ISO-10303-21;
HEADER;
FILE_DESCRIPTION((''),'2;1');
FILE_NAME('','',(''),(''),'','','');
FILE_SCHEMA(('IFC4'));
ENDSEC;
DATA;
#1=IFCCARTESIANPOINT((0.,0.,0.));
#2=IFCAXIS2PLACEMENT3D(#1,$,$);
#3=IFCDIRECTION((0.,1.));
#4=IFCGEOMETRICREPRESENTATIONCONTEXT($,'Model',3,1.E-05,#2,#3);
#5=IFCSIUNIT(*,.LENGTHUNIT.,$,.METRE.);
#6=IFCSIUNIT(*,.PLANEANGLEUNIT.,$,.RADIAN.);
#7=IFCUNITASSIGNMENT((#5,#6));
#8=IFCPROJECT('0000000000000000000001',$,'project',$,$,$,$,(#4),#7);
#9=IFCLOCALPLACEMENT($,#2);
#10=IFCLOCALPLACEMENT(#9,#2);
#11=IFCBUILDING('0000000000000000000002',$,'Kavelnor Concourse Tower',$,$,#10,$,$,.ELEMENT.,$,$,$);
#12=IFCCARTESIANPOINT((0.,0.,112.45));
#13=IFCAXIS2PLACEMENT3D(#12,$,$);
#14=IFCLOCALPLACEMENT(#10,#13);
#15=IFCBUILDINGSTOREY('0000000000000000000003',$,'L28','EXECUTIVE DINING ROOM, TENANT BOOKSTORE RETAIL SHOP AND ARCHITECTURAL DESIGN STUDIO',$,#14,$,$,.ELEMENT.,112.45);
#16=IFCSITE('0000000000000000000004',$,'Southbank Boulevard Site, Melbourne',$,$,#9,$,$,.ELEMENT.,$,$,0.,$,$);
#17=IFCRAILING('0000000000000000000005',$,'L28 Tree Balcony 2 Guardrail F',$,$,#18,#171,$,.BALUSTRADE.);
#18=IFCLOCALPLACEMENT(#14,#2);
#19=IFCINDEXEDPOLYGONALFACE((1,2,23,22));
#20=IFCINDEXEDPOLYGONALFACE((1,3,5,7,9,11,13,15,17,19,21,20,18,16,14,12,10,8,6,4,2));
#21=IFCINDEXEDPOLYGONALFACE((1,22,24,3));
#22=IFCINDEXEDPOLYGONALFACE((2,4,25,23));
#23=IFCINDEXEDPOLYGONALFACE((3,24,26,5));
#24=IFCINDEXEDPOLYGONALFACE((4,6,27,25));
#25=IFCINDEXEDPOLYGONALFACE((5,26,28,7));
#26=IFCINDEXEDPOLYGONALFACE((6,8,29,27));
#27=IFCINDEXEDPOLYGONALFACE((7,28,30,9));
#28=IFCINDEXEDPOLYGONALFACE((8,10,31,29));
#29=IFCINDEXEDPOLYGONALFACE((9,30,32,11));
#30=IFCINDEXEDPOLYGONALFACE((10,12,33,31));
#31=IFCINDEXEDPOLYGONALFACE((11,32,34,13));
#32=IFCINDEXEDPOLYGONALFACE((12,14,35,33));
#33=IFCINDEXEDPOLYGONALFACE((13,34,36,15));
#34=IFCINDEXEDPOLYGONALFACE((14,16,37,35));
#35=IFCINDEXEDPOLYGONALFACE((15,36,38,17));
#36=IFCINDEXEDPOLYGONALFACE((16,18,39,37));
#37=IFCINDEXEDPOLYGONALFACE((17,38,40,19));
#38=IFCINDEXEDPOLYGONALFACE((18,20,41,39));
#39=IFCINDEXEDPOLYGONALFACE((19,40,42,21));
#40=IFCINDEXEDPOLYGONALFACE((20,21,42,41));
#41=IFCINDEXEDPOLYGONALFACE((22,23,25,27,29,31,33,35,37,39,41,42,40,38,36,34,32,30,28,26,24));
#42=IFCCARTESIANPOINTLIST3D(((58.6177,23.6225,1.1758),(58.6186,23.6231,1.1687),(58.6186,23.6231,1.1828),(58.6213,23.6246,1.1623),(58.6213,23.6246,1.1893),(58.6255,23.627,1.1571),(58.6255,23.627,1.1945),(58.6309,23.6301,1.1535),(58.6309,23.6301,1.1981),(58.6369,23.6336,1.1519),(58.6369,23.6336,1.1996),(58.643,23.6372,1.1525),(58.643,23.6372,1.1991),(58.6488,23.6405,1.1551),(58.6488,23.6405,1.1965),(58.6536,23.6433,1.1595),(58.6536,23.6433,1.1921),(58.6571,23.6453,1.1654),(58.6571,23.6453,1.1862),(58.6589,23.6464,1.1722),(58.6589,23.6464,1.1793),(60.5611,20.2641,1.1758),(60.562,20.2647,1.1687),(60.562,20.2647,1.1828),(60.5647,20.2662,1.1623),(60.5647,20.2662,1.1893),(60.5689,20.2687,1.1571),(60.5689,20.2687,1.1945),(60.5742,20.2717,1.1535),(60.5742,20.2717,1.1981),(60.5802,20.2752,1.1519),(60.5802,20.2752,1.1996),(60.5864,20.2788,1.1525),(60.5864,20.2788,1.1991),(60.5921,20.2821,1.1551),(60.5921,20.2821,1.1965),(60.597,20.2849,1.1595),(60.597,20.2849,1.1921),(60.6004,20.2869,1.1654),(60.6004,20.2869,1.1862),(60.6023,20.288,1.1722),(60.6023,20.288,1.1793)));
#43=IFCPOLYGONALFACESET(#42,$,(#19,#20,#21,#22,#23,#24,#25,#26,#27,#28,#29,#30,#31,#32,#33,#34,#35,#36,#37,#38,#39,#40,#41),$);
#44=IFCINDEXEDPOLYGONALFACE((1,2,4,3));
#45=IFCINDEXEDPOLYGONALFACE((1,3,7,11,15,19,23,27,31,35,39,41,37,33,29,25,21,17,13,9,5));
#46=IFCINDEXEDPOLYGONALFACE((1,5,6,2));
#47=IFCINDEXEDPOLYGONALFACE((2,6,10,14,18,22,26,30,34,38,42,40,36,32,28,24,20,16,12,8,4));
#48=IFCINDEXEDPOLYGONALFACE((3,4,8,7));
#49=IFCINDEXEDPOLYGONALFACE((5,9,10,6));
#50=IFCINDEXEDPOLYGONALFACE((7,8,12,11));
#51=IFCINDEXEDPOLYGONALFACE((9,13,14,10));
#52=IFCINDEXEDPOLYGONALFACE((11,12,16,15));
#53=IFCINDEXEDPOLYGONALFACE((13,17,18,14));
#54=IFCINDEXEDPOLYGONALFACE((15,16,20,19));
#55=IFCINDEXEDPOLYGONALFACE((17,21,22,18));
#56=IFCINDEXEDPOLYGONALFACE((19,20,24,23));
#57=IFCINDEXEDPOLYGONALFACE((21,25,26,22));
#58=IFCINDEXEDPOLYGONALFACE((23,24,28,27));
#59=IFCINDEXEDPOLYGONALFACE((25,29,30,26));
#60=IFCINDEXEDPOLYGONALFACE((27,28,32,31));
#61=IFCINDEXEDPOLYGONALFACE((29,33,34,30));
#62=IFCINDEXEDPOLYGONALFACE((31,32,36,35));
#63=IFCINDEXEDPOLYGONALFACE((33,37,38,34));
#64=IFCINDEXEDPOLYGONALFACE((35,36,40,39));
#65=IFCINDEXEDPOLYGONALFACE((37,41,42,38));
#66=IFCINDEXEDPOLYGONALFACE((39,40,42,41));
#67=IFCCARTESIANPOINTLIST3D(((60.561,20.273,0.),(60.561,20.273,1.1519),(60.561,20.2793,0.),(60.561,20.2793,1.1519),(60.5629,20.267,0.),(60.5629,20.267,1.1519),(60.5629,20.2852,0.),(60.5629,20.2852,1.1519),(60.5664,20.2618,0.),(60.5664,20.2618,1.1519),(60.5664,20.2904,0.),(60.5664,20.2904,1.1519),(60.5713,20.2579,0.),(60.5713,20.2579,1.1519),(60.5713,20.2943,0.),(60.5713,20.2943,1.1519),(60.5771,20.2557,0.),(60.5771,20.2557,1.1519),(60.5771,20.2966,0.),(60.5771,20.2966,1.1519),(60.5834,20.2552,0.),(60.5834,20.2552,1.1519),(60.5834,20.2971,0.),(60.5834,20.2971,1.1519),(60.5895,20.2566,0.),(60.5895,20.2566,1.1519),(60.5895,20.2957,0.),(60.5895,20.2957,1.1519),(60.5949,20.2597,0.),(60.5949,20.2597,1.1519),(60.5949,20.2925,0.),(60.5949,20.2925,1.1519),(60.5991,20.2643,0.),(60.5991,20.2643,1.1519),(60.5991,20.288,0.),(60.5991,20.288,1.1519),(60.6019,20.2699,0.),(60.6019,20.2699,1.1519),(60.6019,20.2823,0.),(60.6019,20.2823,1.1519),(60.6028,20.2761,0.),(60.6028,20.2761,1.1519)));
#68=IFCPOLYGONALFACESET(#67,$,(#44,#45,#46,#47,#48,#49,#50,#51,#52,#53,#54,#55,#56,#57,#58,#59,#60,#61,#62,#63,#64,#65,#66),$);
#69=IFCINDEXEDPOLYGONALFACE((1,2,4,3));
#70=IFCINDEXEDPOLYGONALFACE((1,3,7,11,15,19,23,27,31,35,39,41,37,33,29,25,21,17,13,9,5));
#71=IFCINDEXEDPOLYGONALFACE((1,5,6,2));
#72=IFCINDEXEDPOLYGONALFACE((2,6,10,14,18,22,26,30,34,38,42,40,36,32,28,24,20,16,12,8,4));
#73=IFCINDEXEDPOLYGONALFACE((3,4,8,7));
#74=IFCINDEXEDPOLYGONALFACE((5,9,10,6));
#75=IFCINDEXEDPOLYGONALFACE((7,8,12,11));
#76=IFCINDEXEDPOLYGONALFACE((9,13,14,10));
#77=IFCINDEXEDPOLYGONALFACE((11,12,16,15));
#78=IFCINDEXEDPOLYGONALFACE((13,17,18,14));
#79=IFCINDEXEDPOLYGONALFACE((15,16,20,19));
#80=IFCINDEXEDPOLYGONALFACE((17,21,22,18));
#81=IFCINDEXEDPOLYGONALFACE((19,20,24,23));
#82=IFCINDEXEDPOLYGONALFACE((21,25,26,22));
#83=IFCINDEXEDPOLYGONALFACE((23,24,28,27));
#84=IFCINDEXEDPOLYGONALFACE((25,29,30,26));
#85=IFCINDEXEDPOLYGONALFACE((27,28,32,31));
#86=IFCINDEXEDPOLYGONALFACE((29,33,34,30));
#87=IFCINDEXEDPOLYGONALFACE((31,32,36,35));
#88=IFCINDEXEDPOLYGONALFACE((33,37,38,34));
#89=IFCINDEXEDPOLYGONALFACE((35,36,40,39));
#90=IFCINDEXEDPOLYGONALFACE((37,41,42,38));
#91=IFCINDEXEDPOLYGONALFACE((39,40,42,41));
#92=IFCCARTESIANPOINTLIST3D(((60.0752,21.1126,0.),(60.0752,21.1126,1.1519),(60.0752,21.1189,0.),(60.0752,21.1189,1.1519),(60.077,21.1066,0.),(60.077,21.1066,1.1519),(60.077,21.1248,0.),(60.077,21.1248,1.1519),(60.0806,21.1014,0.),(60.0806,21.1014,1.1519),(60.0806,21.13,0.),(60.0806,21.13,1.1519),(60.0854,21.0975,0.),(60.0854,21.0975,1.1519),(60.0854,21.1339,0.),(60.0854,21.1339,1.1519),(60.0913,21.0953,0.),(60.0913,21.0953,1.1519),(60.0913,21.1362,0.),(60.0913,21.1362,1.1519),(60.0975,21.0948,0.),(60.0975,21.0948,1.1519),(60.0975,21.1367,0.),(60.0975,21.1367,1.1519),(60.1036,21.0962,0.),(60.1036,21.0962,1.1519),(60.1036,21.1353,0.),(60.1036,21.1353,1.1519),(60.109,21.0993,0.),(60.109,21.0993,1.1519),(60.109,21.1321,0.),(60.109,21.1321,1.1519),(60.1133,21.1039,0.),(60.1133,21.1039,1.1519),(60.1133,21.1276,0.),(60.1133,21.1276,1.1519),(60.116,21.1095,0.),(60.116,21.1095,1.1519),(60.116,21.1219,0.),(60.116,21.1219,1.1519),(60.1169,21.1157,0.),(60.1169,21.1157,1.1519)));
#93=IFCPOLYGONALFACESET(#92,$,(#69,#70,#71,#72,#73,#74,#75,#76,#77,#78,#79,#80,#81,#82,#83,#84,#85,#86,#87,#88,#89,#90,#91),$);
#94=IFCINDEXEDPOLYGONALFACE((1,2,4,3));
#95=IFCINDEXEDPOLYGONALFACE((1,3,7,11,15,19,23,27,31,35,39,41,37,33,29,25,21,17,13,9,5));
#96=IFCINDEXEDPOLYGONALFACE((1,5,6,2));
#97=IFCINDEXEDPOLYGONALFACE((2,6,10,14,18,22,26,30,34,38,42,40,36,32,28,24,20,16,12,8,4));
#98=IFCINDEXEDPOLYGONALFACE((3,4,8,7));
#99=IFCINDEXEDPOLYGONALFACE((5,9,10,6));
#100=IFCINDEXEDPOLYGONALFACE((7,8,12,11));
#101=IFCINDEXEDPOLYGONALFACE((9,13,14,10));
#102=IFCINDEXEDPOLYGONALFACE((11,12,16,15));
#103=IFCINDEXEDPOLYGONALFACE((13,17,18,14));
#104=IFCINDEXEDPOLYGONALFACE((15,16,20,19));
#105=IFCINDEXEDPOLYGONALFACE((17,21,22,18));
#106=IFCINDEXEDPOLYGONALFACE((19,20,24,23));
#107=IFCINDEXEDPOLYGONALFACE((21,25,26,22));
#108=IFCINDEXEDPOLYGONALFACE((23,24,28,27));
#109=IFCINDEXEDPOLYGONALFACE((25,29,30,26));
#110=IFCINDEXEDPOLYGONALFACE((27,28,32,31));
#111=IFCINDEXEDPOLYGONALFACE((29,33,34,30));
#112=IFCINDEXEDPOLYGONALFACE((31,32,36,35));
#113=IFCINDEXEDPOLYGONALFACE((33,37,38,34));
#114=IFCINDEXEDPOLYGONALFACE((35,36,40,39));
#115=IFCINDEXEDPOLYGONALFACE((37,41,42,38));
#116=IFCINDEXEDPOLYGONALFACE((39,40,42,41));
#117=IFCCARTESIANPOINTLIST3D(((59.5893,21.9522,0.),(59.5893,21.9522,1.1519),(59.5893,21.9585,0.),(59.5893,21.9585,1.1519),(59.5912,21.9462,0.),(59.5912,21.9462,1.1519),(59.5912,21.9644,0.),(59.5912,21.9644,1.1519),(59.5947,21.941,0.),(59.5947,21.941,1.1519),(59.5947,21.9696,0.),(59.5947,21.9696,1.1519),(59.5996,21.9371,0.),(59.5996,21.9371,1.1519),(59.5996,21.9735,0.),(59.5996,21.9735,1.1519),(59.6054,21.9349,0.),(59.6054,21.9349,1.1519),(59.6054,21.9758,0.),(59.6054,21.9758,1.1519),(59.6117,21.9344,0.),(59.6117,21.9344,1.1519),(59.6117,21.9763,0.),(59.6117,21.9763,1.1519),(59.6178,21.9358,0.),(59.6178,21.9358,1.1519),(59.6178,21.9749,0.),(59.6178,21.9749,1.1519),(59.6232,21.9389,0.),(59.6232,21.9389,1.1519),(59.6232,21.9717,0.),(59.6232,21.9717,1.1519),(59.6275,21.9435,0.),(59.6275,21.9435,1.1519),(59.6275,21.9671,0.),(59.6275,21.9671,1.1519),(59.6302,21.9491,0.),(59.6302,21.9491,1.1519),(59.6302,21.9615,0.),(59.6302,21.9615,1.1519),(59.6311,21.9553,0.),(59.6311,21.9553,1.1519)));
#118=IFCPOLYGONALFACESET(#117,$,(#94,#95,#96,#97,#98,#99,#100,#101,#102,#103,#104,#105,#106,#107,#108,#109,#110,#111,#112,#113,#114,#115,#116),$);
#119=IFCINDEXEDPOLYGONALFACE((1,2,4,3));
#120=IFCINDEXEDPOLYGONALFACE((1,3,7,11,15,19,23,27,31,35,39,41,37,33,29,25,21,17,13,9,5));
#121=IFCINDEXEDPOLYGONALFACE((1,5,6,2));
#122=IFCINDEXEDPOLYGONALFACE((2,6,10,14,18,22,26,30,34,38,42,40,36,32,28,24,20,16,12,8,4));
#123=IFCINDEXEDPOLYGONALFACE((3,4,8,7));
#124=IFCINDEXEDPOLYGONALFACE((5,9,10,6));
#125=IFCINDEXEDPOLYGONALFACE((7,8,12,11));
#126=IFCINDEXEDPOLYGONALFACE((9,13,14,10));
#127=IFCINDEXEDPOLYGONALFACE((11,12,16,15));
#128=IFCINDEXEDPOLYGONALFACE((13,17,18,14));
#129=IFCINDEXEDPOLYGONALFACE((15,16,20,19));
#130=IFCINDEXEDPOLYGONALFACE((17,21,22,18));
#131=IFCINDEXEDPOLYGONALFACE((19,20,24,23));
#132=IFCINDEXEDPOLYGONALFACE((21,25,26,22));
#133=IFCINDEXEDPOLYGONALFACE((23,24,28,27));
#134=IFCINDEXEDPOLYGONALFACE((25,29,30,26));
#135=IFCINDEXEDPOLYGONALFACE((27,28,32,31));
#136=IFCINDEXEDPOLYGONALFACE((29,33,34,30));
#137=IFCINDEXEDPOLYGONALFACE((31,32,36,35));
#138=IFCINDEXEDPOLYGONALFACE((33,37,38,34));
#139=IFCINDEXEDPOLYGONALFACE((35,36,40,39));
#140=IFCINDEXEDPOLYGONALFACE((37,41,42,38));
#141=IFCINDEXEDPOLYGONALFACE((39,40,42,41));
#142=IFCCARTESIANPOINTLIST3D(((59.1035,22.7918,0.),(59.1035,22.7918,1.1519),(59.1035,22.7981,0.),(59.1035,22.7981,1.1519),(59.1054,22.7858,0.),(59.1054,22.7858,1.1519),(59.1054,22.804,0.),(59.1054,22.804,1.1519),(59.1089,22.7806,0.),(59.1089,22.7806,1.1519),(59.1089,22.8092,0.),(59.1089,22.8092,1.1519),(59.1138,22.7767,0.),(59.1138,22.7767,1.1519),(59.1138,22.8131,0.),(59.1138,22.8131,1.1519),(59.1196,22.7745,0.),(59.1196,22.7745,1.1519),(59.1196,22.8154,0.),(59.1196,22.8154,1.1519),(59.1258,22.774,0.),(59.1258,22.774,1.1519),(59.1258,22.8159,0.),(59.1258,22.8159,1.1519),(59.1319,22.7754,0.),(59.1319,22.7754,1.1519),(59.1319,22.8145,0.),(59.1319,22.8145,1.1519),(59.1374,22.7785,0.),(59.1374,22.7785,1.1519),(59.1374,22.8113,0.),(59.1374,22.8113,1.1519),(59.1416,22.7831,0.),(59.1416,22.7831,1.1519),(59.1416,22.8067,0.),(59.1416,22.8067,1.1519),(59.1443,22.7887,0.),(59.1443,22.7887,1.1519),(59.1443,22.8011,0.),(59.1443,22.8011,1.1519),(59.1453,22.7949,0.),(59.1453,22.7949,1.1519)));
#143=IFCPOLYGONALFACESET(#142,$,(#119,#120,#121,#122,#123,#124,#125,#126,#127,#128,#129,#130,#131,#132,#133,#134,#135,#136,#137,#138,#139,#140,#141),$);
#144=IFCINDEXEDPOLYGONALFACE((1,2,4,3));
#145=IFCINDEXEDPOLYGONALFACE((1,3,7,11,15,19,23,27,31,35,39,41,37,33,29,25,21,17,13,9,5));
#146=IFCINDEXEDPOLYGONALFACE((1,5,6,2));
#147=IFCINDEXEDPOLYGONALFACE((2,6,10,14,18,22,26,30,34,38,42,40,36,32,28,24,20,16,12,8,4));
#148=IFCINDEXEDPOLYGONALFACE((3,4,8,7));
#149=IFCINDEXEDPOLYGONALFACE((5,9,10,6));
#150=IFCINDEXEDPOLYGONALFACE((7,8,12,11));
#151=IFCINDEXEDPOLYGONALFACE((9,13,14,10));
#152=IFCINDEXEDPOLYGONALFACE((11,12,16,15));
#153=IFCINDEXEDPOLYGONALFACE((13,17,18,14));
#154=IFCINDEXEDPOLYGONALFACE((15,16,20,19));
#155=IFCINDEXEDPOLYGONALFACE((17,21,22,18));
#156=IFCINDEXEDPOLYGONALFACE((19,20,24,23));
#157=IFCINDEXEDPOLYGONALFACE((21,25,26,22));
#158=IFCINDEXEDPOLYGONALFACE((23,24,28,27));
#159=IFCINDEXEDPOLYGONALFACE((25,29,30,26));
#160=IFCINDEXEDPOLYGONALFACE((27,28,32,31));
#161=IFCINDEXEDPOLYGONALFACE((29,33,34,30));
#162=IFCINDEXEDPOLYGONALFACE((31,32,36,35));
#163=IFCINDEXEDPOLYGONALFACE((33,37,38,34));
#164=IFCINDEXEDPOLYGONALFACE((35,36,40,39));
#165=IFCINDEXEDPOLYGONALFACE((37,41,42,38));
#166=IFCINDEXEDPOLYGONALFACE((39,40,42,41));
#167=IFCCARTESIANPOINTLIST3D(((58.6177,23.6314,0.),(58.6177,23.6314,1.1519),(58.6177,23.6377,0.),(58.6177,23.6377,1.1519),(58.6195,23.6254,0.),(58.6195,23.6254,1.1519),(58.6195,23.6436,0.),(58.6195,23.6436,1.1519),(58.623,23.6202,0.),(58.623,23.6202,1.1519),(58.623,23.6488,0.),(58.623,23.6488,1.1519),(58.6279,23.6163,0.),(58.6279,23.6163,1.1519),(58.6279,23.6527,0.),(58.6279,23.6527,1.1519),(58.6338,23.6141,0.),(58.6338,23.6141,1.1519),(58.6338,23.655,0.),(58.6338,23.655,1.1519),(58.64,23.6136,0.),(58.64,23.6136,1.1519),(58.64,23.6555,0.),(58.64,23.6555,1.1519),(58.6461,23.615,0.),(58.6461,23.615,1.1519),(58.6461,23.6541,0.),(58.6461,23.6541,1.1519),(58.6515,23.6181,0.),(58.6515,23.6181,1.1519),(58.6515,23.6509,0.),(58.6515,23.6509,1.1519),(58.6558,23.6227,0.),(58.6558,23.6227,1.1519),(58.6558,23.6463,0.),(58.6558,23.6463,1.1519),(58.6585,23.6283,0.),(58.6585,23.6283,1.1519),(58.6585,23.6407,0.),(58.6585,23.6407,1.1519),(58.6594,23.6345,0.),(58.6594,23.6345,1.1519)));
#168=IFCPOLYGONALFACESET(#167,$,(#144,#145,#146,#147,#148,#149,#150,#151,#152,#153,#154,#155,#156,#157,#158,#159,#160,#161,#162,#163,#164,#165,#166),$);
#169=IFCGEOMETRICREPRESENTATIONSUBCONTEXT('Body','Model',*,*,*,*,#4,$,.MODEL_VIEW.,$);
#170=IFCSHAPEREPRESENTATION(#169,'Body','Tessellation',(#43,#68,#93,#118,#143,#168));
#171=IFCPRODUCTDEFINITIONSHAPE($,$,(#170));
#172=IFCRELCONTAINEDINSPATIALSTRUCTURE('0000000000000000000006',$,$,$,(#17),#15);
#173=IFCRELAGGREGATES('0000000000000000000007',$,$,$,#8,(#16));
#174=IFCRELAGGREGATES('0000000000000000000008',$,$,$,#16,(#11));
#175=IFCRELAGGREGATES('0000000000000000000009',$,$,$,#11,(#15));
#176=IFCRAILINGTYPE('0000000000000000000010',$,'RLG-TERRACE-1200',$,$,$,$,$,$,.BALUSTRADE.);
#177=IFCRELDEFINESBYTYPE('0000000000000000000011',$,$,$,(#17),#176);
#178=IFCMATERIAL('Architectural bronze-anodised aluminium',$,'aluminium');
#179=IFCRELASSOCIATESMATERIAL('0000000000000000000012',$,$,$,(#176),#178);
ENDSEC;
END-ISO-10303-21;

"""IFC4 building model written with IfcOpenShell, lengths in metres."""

from ifc_helpers import new_model, si_unit, direction, frame, origin, origin_2d, place, context, subcontext, project, spatial, circle, extrude, material, type_object, element, save


model = new_model("IFC4")

# Units and contexts
model_context = context("Model", 3, precision=1e-05, world=origin(), true_north=direction((0.0, 1.0)))
body_context = subcontext(model_context, "Body", "Model", "MODEL_VIEW")
ifc_project = project(units=[si_unit("LENGTHUNIT", "METRE"), si_unit("PLANEANGLEUNIT", "RADIAN")], contexts=[model_context])

# Site, building, storey
site_placement = place(None, origin())
site = spatial("IfcSite", under=ifc_project, at=site_placement, Name="Southbank Boulevard Site, Melbourne", CompositionType="ELEMENT", RefElevation=0.0)
building_placement = place(site_placement, origin())
building = spatial("IfcBuilding", under=site, at=building_placement, Name="Kavelnor Concourse Tower", CompositionType="ELEMENT")
storey_placement = place(building_placement, frame((0.0, 0.0, 112.45)))
storey = spatial("IfcBuildingStorey", under=building, at=storey_placement, Name="L28", Description="EXECUTIVE DINING ROOM, TENANT BOOKSTORE RETAIL SHOP AND ARCHITECTURAL DESIGN STUDIO", CompositionType="ELEMENT", Elevation=112.45)

# Railing
ifc_material_1 = material(Name="Architectural bronze-anodised aluminium", Category="aluminium")
railing_type_1 = type_object("IfcRailingType", Name="RLG-TERRACE-1200", PredefinedType="BALUSTRADE", material=ifc_material_1)
railing_1_placement = place(storey_placement, frame((60.5818, 20.2761, 0.0)))
element("IfcRailing", 1, at=railing_1_placement, inside=storey, type_object=railing_type_1, Name="L28 Tree Balcony 2 Guardrail F", PredefinedType="BALUSTRADE", context=body_context, shape_type="SweptSolid", body=[
    extrude(circle(Radius=0.0239, at=origin_2d()), frame((0.0, 0.0, 1.1758), z_axis=(-0.500848, 0.865535, 0.0), x_axis=(-0.865535, -0.500848, 0.0)), (0.0, 0.0, 1.0), 3.8801),
    extrude(circle(Radius=0.021, at=origin_2d()), origin(), (0.0, 0.0, 1.0), 1.1519),
    extrude(circle(Radius=0.021, at=origin_2d()), frame((-0.4858, 0.8396, 0.0)), (0.0, 0.0, 1.0), 1.1519),
    extrude(circle(Radius=0.021, at=origin_2d()), frame((-0.9717, 1.6792, 0.0)), (0.0, 0.0, 1.0), 1.1519),
    extrude(circle(Radius=0.021, at=origin_2d()), frame((-1.4575, 2.5188, 0.0)), (0.0, 0.0, 1.0), 1.1519),
    extrude(circle(Radius=0.021, at=origin_2d()), frame((-1.9434, 3.3584, 0.0)), (0.0, 0.0, 1.0), 1.1519),
])

save(model, "model.ifc")
